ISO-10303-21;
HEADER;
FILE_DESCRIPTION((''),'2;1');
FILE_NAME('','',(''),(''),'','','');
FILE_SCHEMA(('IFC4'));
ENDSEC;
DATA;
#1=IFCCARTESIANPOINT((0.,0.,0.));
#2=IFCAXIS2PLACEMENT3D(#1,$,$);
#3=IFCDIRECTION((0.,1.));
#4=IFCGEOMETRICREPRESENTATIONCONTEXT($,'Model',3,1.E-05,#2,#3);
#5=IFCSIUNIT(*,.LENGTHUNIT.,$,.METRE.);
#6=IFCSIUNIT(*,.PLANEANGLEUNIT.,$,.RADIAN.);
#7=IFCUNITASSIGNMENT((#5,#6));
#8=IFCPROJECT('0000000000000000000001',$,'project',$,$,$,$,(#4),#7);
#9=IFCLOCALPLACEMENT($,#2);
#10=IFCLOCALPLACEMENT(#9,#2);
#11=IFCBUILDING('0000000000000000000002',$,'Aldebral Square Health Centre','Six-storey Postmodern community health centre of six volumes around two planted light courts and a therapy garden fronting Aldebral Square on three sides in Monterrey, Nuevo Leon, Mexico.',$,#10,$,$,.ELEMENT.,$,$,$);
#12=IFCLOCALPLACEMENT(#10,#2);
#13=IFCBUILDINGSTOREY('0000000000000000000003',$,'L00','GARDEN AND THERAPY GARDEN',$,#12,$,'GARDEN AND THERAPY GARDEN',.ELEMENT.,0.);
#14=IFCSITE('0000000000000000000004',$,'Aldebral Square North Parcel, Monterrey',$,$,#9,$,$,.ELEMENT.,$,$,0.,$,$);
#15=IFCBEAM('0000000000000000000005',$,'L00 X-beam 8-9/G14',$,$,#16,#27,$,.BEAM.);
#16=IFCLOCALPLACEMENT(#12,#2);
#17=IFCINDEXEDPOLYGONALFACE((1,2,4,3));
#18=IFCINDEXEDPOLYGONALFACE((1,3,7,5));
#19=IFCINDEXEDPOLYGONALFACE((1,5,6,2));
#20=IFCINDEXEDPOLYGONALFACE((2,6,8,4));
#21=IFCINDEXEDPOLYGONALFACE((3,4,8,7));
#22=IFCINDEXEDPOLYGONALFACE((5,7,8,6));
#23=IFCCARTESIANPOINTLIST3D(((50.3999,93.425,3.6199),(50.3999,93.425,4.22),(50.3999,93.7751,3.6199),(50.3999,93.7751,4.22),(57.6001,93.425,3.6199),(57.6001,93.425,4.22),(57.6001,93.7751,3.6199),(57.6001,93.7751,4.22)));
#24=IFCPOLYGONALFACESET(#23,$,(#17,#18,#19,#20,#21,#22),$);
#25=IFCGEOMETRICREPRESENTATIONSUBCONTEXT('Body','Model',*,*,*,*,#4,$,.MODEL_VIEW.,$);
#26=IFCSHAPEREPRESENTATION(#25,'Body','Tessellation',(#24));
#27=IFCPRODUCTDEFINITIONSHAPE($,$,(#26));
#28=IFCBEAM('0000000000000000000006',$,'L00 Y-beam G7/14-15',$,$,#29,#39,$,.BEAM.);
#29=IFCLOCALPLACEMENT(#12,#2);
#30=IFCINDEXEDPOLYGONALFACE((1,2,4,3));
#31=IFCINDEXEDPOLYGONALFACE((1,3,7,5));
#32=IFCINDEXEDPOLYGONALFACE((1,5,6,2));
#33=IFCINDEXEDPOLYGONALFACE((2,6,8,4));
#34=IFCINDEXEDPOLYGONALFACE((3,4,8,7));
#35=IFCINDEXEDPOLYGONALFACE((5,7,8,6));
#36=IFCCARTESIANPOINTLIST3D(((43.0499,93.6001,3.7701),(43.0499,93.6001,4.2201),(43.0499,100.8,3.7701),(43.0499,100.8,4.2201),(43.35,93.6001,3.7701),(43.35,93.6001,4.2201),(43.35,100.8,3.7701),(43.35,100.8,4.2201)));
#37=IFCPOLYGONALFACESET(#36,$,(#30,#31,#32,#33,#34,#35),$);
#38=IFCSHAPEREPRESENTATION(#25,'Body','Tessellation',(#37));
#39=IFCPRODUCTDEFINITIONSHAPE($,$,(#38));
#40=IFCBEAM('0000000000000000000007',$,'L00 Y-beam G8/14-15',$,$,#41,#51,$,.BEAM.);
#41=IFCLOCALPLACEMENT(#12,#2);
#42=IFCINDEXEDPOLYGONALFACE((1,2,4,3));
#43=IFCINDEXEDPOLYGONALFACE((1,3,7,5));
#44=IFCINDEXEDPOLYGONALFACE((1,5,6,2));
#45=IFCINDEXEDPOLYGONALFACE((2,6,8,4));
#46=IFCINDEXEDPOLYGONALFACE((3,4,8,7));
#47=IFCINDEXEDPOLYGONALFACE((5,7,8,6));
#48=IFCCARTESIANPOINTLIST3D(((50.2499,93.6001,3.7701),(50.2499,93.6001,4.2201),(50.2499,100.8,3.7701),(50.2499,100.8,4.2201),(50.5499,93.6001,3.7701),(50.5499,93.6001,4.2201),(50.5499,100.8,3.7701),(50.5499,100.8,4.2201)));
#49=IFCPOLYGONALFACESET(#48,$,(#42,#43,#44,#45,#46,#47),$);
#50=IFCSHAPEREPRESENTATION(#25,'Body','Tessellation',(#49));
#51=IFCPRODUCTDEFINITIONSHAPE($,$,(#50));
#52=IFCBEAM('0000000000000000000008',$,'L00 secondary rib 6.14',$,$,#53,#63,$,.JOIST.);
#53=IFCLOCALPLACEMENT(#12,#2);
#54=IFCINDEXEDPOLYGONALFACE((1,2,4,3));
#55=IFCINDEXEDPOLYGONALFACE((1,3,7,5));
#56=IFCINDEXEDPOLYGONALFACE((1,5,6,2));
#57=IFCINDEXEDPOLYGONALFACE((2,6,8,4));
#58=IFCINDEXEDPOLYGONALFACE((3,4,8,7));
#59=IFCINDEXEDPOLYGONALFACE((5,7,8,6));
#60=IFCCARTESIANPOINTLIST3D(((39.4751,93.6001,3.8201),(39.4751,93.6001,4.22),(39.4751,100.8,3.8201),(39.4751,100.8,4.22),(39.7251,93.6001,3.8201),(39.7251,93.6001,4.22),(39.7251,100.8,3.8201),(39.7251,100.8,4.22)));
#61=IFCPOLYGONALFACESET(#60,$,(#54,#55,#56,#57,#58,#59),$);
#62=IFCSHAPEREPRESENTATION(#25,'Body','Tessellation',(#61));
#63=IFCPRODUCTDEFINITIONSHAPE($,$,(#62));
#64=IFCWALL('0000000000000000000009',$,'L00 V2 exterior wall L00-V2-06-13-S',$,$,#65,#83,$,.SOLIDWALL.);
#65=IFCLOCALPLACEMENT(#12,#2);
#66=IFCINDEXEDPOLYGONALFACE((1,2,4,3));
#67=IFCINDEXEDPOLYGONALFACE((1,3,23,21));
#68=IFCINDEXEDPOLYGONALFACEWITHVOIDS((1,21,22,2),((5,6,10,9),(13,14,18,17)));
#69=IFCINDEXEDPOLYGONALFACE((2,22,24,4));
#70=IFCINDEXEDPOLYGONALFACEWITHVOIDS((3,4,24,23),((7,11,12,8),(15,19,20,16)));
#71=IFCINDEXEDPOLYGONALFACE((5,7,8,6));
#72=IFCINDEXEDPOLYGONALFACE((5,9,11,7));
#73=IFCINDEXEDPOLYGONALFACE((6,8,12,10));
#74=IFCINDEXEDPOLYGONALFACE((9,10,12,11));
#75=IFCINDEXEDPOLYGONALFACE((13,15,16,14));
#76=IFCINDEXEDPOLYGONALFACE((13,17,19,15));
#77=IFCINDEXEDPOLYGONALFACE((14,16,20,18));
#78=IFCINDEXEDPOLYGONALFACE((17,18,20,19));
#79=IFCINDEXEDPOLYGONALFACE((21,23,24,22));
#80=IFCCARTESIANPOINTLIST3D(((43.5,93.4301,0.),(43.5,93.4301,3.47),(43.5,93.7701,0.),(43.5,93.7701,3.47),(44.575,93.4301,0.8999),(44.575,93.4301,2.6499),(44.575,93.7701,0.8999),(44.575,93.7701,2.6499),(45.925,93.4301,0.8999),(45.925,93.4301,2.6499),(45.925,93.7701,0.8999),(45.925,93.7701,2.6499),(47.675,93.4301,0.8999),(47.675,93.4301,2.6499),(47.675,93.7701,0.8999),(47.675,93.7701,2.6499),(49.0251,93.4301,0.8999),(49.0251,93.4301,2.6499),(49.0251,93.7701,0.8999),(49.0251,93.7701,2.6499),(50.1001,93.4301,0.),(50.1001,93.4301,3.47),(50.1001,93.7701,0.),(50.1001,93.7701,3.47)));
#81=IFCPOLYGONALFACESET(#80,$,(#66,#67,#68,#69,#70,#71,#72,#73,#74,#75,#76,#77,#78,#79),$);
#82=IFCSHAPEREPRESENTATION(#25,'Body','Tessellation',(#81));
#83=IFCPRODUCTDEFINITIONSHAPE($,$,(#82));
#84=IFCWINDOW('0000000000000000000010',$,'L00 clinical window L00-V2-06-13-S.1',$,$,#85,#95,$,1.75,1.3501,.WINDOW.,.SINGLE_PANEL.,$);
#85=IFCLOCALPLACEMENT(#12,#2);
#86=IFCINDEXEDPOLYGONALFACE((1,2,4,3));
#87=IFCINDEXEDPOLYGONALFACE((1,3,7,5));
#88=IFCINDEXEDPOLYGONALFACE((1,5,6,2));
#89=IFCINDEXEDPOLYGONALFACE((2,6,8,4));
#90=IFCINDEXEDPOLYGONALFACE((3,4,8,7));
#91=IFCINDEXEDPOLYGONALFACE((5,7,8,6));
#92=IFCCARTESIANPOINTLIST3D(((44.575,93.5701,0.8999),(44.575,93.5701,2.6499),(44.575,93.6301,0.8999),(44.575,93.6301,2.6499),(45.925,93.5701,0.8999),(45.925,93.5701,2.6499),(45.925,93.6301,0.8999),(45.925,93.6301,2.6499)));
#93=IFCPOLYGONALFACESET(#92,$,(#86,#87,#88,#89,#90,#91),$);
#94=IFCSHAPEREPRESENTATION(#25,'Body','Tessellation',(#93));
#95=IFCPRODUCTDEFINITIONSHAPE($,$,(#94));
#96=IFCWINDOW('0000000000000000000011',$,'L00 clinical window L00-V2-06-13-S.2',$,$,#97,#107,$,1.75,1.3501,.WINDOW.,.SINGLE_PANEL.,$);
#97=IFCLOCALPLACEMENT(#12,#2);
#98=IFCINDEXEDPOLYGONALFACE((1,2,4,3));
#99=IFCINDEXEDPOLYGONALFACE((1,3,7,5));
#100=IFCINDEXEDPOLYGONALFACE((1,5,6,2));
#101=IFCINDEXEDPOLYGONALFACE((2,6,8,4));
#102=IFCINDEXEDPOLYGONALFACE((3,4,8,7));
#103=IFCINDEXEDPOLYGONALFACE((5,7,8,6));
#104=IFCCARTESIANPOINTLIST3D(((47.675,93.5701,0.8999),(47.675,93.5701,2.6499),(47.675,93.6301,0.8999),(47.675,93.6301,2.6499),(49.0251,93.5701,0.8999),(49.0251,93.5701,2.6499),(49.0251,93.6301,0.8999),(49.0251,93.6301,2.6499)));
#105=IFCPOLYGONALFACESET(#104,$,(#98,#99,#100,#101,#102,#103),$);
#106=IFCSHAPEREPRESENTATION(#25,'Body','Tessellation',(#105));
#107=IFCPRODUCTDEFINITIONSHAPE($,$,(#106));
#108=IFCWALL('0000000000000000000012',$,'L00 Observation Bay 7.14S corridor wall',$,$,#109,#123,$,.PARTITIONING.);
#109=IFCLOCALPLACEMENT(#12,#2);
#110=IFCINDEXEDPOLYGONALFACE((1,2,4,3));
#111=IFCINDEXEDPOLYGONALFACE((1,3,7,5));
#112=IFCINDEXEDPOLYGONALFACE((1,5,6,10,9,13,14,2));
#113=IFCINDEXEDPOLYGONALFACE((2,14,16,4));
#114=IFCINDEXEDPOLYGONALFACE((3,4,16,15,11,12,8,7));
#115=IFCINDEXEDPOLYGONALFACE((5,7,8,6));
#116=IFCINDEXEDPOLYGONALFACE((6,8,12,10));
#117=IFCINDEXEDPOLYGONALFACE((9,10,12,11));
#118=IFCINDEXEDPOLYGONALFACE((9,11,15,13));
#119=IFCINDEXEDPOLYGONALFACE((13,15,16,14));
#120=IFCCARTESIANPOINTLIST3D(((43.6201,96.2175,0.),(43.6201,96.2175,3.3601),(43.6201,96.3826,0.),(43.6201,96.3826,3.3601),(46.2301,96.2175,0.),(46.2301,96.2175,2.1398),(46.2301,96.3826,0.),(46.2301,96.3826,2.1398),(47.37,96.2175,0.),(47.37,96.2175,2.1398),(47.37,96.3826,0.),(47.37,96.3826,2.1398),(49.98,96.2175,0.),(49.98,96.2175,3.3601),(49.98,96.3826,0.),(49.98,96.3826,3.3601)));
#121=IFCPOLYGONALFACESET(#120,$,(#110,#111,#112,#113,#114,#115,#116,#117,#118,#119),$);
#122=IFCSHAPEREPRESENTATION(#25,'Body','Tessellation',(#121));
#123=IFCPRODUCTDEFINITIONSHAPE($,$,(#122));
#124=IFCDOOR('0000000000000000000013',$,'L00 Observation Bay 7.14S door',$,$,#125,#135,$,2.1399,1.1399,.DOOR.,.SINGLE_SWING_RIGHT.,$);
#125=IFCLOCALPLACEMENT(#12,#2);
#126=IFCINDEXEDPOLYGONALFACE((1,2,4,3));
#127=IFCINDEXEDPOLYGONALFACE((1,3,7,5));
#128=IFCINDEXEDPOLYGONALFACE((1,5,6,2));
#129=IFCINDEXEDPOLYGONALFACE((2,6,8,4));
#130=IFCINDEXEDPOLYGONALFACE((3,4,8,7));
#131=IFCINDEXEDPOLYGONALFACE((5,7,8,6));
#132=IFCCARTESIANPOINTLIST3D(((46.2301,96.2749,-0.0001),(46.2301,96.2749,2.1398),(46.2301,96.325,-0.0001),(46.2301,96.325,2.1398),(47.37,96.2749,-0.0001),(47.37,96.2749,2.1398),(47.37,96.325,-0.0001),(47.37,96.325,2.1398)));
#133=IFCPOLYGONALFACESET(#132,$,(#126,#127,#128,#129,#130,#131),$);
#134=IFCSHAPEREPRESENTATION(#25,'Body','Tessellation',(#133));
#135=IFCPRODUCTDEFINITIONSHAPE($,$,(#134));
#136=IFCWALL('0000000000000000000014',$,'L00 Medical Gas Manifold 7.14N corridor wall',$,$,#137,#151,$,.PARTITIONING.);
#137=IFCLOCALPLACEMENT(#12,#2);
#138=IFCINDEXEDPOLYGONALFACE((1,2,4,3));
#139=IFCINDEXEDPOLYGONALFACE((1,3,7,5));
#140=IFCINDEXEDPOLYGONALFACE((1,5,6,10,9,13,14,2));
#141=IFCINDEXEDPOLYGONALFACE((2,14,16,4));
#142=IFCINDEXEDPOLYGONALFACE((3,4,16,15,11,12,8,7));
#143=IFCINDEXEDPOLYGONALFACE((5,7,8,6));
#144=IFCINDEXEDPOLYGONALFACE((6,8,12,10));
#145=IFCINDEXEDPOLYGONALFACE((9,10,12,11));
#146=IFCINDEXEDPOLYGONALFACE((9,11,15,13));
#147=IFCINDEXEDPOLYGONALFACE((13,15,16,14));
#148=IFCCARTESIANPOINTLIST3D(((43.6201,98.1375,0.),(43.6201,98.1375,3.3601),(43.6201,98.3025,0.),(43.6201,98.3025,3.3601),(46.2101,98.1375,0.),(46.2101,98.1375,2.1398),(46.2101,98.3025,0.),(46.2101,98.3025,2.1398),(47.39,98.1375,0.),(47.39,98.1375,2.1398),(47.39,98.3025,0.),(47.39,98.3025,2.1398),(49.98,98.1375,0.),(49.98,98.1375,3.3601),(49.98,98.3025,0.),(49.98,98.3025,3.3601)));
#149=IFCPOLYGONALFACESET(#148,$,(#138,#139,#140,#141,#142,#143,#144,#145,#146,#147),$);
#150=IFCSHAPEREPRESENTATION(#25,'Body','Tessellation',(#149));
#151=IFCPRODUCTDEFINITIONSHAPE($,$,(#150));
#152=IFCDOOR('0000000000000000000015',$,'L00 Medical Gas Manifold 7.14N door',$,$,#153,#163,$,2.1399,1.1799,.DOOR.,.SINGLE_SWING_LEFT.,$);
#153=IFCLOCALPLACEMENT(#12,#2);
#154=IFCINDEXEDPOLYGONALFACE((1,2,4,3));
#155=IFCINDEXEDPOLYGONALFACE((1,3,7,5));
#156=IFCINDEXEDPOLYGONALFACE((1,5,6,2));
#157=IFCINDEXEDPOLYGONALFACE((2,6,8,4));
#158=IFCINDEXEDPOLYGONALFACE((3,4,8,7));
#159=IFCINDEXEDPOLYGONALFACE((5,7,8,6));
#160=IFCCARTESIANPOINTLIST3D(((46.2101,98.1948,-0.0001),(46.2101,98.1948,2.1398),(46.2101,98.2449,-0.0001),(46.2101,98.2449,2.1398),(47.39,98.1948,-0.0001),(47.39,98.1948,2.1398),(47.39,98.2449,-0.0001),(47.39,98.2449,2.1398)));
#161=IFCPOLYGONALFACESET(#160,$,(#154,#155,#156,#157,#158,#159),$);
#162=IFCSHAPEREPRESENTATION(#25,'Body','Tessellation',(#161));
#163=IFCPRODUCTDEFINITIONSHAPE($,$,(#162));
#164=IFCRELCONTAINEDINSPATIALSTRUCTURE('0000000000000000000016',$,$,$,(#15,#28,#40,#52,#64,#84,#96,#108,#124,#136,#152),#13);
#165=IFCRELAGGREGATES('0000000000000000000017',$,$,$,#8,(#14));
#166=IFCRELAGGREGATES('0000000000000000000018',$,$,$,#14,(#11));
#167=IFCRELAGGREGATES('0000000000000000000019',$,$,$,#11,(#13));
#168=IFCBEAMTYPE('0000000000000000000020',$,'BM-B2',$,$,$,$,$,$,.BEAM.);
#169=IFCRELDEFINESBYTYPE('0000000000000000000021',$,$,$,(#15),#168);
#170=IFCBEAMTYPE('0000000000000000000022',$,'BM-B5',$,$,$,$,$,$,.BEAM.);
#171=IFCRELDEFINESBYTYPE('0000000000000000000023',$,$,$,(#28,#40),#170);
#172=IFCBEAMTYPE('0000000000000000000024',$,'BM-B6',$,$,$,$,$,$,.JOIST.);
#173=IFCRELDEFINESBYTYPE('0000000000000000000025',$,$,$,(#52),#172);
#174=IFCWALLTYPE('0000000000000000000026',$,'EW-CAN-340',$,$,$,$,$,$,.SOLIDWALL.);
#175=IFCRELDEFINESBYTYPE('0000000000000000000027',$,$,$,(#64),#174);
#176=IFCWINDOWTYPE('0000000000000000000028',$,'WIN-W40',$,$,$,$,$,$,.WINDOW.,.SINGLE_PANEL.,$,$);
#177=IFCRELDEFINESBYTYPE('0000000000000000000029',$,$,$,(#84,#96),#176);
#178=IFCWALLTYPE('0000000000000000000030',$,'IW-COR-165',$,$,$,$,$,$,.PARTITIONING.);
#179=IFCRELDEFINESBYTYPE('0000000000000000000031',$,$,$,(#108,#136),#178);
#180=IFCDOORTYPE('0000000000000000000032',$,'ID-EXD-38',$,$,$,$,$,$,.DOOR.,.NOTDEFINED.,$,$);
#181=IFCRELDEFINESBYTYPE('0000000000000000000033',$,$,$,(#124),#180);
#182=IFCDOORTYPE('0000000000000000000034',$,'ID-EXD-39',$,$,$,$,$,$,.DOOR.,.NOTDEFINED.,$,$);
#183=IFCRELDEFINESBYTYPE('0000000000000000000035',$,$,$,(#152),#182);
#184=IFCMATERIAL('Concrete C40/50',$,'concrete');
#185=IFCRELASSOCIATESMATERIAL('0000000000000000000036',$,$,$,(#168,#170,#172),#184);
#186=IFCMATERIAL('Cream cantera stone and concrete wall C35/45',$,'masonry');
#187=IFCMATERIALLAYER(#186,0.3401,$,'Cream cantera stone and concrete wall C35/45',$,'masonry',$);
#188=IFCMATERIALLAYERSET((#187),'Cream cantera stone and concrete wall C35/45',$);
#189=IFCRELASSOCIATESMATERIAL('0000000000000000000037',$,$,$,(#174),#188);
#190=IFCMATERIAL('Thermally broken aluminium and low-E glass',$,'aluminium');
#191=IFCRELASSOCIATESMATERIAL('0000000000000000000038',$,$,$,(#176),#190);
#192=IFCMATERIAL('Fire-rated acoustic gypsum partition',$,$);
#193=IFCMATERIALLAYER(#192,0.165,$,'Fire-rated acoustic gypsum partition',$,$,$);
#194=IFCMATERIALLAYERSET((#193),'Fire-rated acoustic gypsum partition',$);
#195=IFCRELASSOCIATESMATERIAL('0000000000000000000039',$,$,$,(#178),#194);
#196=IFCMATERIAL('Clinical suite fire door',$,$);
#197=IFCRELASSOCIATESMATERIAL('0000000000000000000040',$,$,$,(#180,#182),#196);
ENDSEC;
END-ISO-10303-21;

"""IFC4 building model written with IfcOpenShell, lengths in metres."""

from ifc_helpers import new_model, si_unit, direction, frame, frame_2d, origin, origin_2d, place, context, subcontext, project, spatial, rectangle, extrude, material, layer, layer_set, material_profile, profile_set, type_object, element, fill, save


model = new_model("IFC4")

# Units and contexts
model_context = context("Model", 3, precision=1e-05, world=origin(), true_north=direction((0.0, 1.0)))
body_context = subcontext(model_context, "Body", "Model", "MODEL_VIEW")
ifc_project = project(units=[si_unit("LENGTHUNIT", "METRE"), si_unit("PLANEANGLEUNIT", "RADIAN")], contexts=[model_context])

# Site, building, storey
site_placement = place(None, origin())
site = spatial("IfcSite", under=ifc_project, at=site_placement, Name="Aldebral Square North Parcel, Monterrey", CompositionType="ELEMENT", RefElevation=0.0)
building_placement = place(site_placement, origin())
building = spatial("IfcBuilding", under=site, at=building_placement, Name="Aldebral Square Health Centre", Description="Six-storey Postmodern community health centre of six volumes around two planted light courts and a therapy garden fronting Aldebral Square on three sides in Monterrey, Nuevo Leon, Mexico.", CompositionType="ELEMENT")
storey_placement = place(building_placement, origin())
storey = spatial("IfcBuildingStorey", under=building, at=storey_placement, Name="L00", Description="GARDEN AND THERAPY GARDEN", LongName="GARDEN AND THERAPY GARDEN", CompositionType="ELEMENT", Elevation=0.0)

# Shared definitions
ifc_material_1 = material(Name="Concrete C40/50", Category="concrete")

# Beams
ifc_material_profile_1 = material_profile(ifc_material_1, rectangle(XDim=0.3501, YDim=0.6001, at=origin_2d()), Name="RC 350x600")
ifc_profile_set_1 = profile_set([ifc_material_profile_1], Name="Concrete C40/50")
beam_type_1 = type_object("IfcBeamType", Name="BM-B2", PredefinedType="BEAM", material=ifc_profile_set_1)
beam_1_placement = place(storey_placement, frame((50.3999, 93.6001, 3.9199), z_axis=(1.0, 0.0, 0.0), x_axis=(0.0, 1.0, 0.0)))
element("IfcBeam", 1, at=beam_1_placement, inside=storey, type_object=beam_type_1, Name="L00 X-beam 8-9/G14", PredefinedType="BEAM", context=body_context, shape_type="SweptSolid", body=[
    extrude(rectangle(XDim=0.3501, YDim=0.6001, at=origin_2d()), origin(), (0.0, 0.0, 1.0), 7.2002),
])
ifc_material_profile_2 = material_profile(ifc_material_1, rectangle(XDim=0.3, YDim=0.45, at=origin_2d()), Name="RC 300x450")
ifc_profile_set_2 = profile_set([ifc_material_profile_2], Name="Concrete C40/50")
beam_type_2 = type_object("IfcBeamType", Name="BM-B5", PredefinedType="BEAM", material=ifc_profile_set_2)
for number, where, z_axis, x_axis, name in (
    (2, (43.2, 93.6001, 3.9951), (0.0, 1.0, 0.0), (-1.0, 0.0, 0.0), "L00 Y-beam G7/14-15"),
    (3, (50.3999, 93.6001, 3.9951), (0.0, 1.0, 0.0), (-1.0, 0.0, 0.0), "L00 Y-beam G8/14-15"),
):
    element("IfcBeam", number, at=place(storey_placement, frame(where, z_axis=z_axis, x_axis=x_axis)), inside=storey, type_object=beam_type_2, Name=name, PredefinedType="BEAM", context=body_context, shape_type="SweptSolid", body=[
        extrude(rectangle(XDim=0.3, YDim=0.45, at=origin_2d()), origin(), (0.0, 0.0, 1.0), 7.2),
    ])
ifc_material_profile_3 = material_profile(ifc_material_1, rectangle(XDim=0.25, YDim=0.3999, at=origin_2d()), Name="RC 250x400")
ifc_profile_set_3 = profile_set([ifc_material_profile_3], Name="Concrete C40/50")
beam_type_3 = type_object("IfcBeamType", Name="BM-B6", PredefinedType="JOIST", material=ifc_profile_set_3)
beam_2_placement = place(storey_placement, frame((39.6001, 93.6001, 4.02), z_axis=(0.0, 1.0, 0.0), x_axis=(-1.0, 0.0, 0.0)))
element("IfcBeam", 4, at=beam_2_placement, inside=storey, type_object=beam_type_3, Name="L00 secondary rib 6.14", PredefinedType="JOIST", context=body_context, shape_type="SweptSolid", body=[
    extrude(rectangle(XDim=0.25, YDim=0.3999, at=origin_2d()), origin(), (0.0, 0.0, 1.0), 7.2),
])

# Wall, openings, windows
ifc_material_2 = material(Name="Cream cantera stone and concrete wall C35/45", Category="masonry")
ifc_layer_1 = layer(ifc_material_2, 0.3401, Name="Cream cantera stone and concrete wall C35/45", Category="masonry")
ifc_layer_set_1 = layer_set([ifc_layer_1], Name="Cream cantera stone and concrete wall C35/45")
wall_type_1 = type_object("IfcWallType", Name="EW-CAN-340", PredefinedType="SOLIDWALL", material=ifc_layer_set_1)
wall_1_placement = place(storey_placement, frame((43.5, 93.6001, 0.0), z_axis=(0.0, 0.0, 1.0), x_axis=(1.0, 0.0, 0.0)))
wall_1 = element("IfcWall", 5, at=wall_1_placement, inside=storey, type_object=wall_type_1, Name="L00 V2 exterior wall L00-V2-06-13-S", PredefinedType="SOLIDWALL", context=body_context, shape_type="SweptSolid", body=[
    extrude(rectangle(XDim=6.6001, YDim=0.3401, at=frame_2d((3.3, 0.0))), origin(), (0.0, 0.0, 1.0), 3.47),
])
opening_1_placement = place(wall_1_placement, frame((1.075, 0.0, 0.8999)))
opening_1 = element("IfcOpeningElement", 6, at=opening_1_placement, cuts=wall_1, PredefinedType="OPENING", context=body_context, shape_type="SweptSolid", body=[
    extrude(rectangle(XDim=1.3501, YDim=1.75, at=frame_2d((0.675, 0.875))), frame((0.0, 0.1802, 0.0), z_axis=(0.0, -1.0, 0.0), x_axis=(1.0, 0.0, 0.0)), (0.0, 0.0, 1.0), 0.3601),
])
opening_2_placement = place(wall_1_placement, frame((4.175, 0.0, 0.8999)))
opening_2 = element("IfcOpeningElement", 7, at=opening_2_placement, cuts=wall_1, PredefinedType="OPENING", context=body_context, shape_type="SweptSolid", body=[
    extrude(rectangle(XDim=1.3501, YDim=1.75, at=frame_2d((0.675, 0.875))), frame((0.0, 0.1802, 0.0), z_axis=(0.0, -1.0, 0.0), x_axis=(1.0, 0.0, 0.0)), (0.0, 0.0, 1.0), 0.3601),
])
ifc_material_3 = material(Name="Thermally broken aluminium and low-E glass", Category="aluminium")
window_type = type_object("IfcWindowType", Name="WIN-W40", PartitioningType="SINGLE_PANEL", PredefinedType="WINDOW", material=ifc_material_3)
window_1_placement = place(opening_1_placement, origin())
window_1 = element("IfcWindow", 8, at=window_1_placement, inside=storey, type_object=window_type, Name="L00 clinical window L00-V2-06-13-S.1", OverallHeight=1.75, OverallWidth=1.3501, PartitioningType="SINGLE_PANEL", PredefinedType="WINDOW", context=body_context, shape_type="SweptSolid", body=[
    extrude(rectangle(XDim=1.3501, YDim=1.75, at=frame_2d((0.675, 0.875))), frame((0.0, 0.03, 0.0), z_axis=(0.0, -1.0, 0.0), x_axis=(1.0, 0.0, 0.0)), (0.0, 0.0, 1.0), 0.0601),
])
fill(opening_1, window_1)
window_2_placement = place(opening_2_placement, origin())
window_2 = element("IfcWindow", 9, at=window_2_placement, inside=storey, type_object=window_type, Name="L00 clinical window L00-V2-06-13-S.2", OverallHeight=1.75, OverallWidth=1.3501, PartitioningType="SINGLE_PANEL", PredefinedType="WINDOW", context=body_context, shape_type="SweptSolid", body=[
    extrude(rectangle(XDim=1.3501, YDim=1.75, at=frame_2d((0.675, 0.875))), frame((0.0, 0.03, 0.0), z_axis=(0.0, -1.0, 0.0), x_axis=(1.0, 0.0, 0.0)), (0.0, 0.0, 1.0), 0.0601),
])
fill(opening_2, window_2)

# Walls, openings, doors
ifc_material_4 = material(Name="Fire-rated acoustic gypsum partition")
ifc_layer_2 = layer(ifc_material_4, 0.165, Name="Fire-rated acoustic gypsum partition")
ifc_layer_set_2 = layer_set([ifc_layer_2], Name="Fire-rated acoustic gypsum partition")
wall_type_2 = type_object("IfcWallType", Name="IW-COR-165", PredefinedType="PARTITIONING", material=ifc_layer_set_2)
wall_2_placement = place(storey_placement, frame((43.6201, 96.3, 0.0), z_axis=(0.0, 0.0, 1.0), x_axis=(1.0, 0.0, 0.0)))
wall_2 = element("IfcWall", 10, at=wall_2_placement, inside=storey, type_object=wall_type_2, Name="L00 Observation Bay 7.14S corridor wall", PredefinedType="PARTITIONING", context=body_context, shape_type="SweptSolid", body=[
    extrude(rectangle(XDim=6.3599, YDim=0.165, at=frame_2d((3.1799, 0.0))), origin(), (0.0, 0.0, 1.0), 3.3601),
])
opening_3_placement = place(wall_2_placement, frame((2.6101, 0.0, 0.0)))
opening_3 = element("IfcOpeningElement", 11, at=opening_3_placement, cuts=wall_2, PredefinedType="OPENING", context=body_context, shape_type="SweptSolid", body=[
    extrude(rectangle(XDim=1.1399, YDim=2.1399, at=frame_2d((0.5698, 1.0698))), frame((0.0, 0.0925, 0.0), z_axis=(0.0, -1.0, 0.0), x_axis=(1.0, 0.0, 0.0)), (0.0, 0.0, 1.0), 0.1851),
])
ifc_material_5 = material(Name="Clinical suite fire door")
door_type_1 = type_object("IfcDoorType", Name="ID-EXD-38", OperationType="NOTDEFINED", PredefinedType="DOOR", material=ifc_material_5)
door_1_placement = place(opening_3_placement, origin())
door_1 = element("IfcDoor", 12, at=door_1_placement, inside=storey, type_object=door_type_1, Name="L00 Observation Bay 7.14S door", OperationType="SINGLE_SWING_RIGHT", OverallHeight=2.1399, OverallWidth=1.1399, PredefinedType="DOOR", context=body_context, shape_type="SweptSolid", body=[
    extrude(rectangle(XDim=1.1399, YDim=2.1399, at=frame_2d((0.5698, 1.0698))), frame((0.0, 0.0249, 0.0), z_axis=(0.0, -1.0, 0.0), x_axis=(1.0, 0.0, 0.0)), (0.0, 0.0, 1.0), 0.05),
])
fill(opening_3, door_1)
wall_3_placement = place(storey_placement, frame((43.6201, 98.22, 0.0), z_axis=(0.0, 0.0, 1.0), x_axis=(1.0, 0.0, 0.0)))
wall_3 = element("IfcWall", 13, at=wall_3_placement, inside=storey, type_object=wall_type_2, Name="L00 Medical Gas Manifold 7.14N corridor wall", PredefinedType="PARTITIONING", context=body_context, shape_type="SweptSolid", body=[
    extrude(rectangle(XDim=6.3599, YDim=0.165, at=frame_2d((3.1799, 0.0))), origin(), (0.0, 0.0, 1.0), 3.3601),
])
opening_4_placement = place(wall_3_placement, frame((2.5901, 0.0, 0.0)))
opening_4 = element("IfcOpeningElement", 14, at=opening_4_placement, cuts=wall_3, PredefinedType="OPENING", context=body_context, shape_type="SweptSolid", body=[
    extrude(rectangle(XDim=1.1799, YDim=2.1399, at=frame_2d((0.5898, 1.0698))), frame((0.0, 0.0925, 0.0), z_axis=(0.0, -1.0, 0.0), x_axis=(1.0, 0.0, 0.0)), (0.0, 0.0, 1.0), 0.1851),
])
door_type_2 = type_object("IfcDoorType", Name="ID-EXD-39", OperationType="NOTDEFINED", PredefinedType="DOOR", material=ifc_material_5)
door_2_placement = place(opening_4_placement, origin())
door_2 = element("IfcDoor", 15, at=door_2_placement, inside=storey, type_object=door_type_2, Name="L00 Medical Gas Manifold 7.14N door", OperationType="SINGLE_SWING_LEFT", OverallHeight=2.1399, OverallWidth=1.1799, PredefinedType="DOOR", context=body_context, shape_type="SweptSolid", body=[
    extrude(rectangle(XDim=1.1799, YDim=2.1399, at=frame_2d((0.5898, 1.0698))), frame((0.0, 0.0249, 0.0), z_axis=(0.0, -1.0, 0.0), x_axis=(1.0, 0.0, 0.0)), (0.0, 0.0, 1.0), 0.05),
])
fill(opening_4, door_2)

save(model, "model.ifc")
